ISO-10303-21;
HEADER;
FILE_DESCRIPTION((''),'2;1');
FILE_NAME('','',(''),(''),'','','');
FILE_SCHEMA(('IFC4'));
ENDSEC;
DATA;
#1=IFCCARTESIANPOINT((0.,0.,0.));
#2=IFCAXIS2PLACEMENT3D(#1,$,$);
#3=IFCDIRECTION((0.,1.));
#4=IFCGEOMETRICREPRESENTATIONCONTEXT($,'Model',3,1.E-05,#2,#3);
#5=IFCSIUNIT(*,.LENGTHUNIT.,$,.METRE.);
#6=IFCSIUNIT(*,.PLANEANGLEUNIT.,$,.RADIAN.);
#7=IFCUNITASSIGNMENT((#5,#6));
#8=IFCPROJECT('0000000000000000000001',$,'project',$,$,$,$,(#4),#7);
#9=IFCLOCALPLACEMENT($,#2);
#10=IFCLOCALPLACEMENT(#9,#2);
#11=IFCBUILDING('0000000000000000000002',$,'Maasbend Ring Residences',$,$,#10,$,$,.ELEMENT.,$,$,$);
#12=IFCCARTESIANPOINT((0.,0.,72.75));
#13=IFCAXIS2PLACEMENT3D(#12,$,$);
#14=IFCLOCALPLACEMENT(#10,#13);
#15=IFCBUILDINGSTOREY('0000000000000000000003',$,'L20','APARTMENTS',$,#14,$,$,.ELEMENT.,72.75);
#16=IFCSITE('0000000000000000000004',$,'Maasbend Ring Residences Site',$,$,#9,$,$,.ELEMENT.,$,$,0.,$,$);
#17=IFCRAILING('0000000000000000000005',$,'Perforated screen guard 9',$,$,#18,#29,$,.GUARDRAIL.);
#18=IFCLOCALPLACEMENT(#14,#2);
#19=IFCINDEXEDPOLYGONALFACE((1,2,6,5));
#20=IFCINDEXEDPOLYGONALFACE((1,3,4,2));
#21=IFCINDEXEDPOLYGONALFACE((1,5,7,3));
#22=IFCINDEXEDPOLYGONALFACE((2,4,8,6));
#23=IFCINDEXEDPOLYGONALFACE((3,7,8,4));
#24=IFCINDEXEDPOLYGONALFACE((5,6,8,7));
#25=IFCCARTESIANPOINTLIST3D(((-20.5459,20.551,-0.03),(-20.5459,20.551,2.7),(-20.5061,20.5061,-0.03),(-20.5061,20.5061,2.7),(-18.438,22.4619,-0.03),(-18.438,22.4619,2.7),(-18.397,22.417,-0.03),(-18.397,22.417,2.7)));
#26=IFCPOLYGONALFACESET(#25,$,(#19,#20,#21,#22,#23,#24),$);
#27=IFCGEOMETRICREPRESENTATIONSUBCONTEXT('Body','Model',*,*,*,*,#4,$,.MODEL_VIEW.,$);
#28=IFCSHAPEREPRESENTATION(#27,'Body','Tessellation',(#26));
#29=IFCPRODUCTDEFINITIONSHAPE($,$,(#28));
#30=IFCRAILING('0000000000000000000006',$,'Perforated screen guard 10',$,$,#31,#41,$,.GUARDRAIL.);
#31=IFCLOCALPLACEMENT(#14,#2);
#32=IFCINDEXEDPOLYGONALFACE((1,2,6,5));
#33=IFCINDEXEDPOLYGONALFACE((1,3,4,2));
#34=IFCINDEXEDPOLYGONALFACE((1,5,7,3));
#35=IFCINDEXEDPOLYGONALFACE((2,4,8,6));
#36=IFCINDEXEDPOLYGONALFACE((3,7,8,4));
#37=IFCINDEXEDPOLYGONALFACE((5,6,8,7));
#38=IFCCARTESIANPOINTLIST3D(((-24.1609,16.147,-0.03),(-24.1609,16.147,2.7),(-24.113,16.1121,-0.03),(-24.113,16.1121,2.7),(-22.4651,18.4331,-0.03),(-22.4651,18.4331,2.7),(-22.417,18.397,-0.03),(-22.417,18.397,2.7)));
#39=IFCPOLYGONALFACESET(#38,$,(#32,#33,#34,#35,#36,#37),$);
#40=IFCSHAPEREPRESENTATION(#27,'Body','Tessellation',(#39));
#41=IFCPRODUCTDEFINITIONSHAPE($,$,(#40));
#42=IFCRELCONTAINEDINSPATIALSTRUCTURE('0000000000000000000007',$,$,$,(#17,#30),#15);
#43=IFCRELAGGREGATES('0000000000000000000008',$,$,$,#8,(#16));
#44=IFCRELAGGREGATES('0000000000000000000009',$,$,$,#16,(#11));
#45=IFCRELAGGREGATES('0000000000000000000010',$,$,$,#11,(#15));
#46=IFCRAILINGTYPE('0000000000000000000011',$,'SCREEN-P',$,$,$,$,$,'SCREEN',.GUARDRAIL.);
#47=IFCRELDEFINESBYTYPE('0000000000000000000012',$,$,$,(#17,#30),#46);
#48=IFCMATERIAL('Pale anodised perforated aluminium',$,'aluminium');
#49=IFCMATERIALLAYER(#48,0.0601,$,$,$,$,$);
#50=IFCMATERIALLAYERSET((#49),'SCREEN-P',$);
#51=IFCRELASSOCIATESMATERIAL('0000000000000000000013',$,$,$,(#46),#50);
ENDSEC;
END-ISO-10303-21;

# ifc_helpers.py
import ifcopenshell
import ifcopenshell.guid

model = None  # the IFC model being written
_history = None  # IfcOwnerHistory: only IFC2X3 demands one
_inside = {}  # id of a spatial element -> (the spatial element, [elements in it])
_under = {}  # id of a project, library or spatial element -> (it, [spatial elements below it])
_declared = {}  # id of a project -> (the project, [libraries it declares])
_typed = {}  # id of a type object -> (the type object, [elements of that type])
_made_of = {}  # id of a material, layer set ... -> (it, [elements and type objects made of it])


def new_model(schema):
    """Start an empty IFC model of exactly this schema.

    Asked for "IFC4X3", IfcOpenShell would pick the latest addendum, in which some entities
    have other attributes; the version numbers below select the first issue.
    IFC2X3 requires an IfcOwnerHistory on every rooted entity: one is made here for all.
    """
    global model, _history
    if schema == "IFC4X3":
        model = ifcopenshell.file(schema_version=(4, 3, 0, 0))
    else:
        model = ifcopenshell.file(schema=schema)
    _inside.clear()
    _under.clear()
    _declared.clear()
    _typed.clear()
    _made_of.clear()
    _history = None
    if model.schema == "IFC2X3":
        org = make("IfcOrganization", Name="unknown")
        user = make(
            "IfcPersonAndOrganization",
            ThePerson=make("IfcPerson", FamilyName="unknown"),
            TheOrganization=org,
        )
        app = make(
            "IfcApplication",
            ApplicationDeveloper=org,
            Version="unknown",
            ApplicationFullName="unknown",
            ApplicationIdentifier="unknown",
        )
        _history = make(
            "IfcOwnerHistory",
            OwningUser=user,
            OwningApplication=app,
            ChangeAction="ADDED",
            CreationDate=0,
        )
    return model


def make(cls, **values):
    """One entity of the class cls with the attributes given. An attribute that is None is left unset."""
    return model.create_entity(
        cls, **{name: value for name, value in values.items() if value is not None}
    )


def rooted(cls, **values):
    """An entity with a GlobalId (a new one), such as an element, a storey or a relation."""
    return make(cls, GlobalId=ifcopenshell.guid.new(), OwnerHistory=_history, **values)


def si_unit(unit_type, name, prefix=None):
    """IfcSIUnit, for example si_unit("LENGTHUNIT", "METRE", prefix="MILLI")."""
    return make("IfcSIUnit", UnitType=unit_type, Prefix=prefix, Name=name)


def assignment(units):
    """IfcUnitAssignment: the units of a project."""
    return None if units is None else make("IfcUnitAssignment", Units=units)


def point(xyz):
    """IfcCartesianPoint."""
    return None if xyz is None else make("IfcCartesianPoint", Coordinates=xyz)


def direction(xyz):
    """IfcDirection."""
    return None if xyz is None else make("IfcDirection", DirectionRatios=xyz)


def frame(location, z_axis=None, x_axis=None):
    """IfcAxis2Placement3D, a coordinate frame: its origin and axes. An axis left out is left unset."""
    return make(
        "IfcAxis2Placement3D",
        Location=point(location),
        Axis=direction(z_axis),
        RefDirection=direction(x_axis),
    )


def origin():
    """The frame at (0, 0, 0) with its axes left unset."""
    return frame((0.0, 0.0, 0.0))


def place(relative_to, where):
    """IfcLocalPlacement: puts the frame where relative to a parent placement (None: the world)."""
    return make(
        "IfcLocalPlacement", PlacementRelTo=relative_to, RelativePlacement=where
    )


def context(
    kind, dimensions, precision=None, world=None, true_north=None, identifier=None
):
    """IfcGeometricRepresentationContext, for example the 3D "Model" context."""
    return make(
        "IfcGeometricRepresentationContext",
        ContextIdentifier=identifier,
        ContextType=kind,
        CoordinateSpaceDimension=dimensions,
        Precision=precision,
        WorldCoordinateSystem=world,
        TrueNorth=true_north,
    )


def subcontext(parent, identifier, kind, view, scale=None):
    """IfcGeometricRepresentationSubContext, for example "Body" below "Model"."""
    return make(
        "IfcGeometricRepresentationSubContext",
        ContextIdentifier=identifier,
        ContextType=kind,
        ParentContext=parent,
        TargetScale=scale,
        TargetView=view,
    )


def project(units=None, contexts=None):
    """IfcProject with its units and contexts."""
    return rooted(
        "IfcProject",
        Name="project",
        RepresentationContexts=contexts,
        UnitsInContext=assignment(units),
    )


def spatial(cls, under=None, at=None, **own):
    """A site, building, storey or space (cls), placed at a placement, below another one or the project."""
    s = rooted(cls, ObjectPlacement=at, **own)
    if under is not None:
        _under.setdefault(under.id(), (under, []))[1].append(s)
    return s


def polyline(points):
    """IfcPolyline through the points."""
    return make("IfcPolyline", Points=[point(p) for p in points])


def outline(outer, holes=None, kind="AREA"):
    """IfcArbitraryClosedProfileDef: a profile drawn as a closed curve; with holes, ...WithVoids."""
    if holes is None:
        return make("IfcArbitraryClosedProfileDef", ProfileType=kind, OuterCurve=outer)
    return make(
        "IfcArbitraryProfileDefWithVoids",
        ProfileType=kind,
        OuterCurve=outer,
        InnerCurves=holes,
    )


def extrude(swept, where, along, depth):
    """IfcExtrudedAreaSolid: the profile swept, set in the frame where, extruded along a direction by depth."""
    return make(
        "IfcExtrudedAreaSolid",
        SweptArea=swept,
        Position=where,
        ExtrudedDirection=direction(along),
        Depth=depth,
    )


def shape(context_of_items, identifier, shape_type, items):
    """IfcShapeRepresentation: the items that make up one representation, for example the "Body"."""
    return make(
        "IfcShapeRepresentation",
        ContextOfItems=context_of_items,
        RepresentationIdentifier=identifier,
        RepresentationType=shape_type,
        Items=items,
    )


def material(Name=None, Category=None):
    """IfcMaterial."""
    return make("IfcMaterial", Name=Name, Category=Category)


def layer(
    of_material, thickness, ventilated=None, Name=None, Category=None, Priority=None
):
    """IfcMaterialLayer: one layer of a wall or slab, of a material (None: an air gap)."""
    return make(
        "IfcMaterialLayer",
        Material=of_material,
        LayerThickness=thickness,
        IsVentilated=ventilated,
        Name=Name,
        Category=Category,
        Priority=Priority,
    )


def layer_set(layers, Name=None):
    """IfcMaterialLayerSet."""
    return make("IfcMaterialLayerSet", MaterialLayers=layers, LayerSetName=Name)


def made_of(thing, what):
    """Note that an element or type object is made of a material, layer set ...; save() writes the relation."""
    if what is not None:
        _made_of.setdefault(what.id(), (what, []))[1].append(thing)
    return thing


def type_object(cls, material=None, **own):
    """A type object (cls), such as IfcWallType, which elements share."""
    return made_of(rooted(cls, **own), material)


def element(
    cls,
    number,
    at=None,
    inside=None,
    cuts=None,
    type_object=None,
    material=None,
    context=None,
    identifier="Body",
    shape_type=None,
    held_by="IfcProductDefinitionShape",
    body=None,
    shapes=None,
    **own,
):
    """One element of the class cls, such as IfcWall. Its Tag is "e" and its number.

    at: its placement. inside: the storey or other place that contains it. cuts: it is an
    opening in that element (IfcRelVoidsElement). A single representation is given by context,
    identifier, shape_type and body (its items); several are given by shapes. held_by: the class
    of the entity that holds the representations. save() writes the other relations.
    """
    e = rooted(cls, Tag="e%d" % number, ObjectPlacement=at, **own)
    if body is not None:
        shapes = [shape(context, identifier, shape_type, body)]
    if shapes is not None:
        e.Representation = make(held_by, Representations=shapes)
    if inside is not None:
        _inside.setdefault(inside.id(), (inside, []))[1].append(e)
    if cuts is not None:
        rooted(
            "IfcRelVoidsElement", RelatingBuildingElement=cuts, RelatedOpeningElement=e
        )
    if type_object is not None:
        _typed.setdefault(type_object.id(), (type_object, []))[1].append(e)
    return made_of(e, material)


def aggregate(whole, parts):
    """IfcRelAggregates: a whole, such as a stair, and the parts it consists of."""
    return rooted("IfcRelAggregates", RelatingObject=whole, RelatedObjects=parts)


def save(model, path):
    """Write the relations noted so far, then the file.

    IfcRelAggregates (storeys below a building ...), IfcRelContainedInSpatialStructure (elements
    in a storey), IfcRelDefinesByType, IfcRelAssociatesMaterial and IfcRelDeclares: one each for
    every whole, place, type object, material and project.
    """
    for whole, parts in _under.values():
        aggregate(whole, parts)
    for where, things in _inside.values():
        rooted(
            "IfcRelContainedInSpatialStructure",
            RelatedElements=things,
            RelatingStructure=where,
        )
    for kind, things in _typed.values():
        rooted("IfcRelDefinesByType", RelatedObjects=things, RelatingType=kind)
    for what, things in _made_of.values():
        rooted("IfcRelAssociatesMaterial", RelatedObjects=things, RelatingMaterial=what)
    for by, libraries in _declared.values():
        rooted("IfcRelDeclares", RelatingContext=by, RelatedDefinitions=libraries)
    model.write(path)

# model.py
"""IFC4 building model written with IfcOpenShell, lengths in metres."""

from ifc_helpers import new_model, si_unit, direction, frame, origin, place, context, subcontext, project, spatial, polyline, outline, extrude, material, layer, layer_set, type_object, element, save


model = new_model("IFC4")

# Units and contexts
model_context = context("Model", 3, precision=1e-05, world=origin(), true_north=direction((0.0, 1.0)))
body_context = subcontext(model_context, "Body", "Model", "MODEL_VIEW")
ifc_project = project(units=[si_unit("LENGTHUNIT", "METRE"), si_unit("PLANEANGLEUNIT", "RADIAN")], contexts=[model_context])

# Site, building, storey
site_placement = place(None, origin())
site = spatial("IfcSite", under=ifc_project, at=site_placement, Name="Maasbend Ring Residences Site", CompositionType="ELEMENT", RefElevation=0.0)
building_placement = place(site_placement, origin())
building = spatial("IfcBuilding", under=site, at=building_placement, Name="Maasbend Ring Residences", CompositionType="ELEMENT")
storey_placement = place(building_placement, frame((0.0, 0.0, 72.75)))
storey = spatial("IfcBuildingStorey", under=building, at=storey_placement, Name="L20", Description="APARTMENTS", CompositionType="ELEMENT", Elevation=72.75)

# Railings
ifc_material_1 = material(Name="Pale anodised perforated aluminium", Category="aluminium")
ifc_layer_1 = layer(ifc_material_1, 0.0601)
ifc_layer_set_1 = layer_set([ifc_layer_1], Name="SCREEN-P")
railing_type = type_object("IfcRailingType", Name="SCREEN-P", ElementType="SCREEN", PredefinedType="GUARDRAIL", material=ifc_layer_set_1)
railing_1_placement = place(storey_placement, frame((0.0, 0.0, -0.03)))
element("IfcRailing", 1, at=railing_1_placement, inside=storey, type_object=railing_type, Name="Perforated screen guard 9", PredefinedType="GUARDRAIL", context=body_context, shape_type="SweptSolid", body=[
    extrude(outline(polyline([(-18.397, 22.417), (-20.5061, 20.5061), (-20.5459, 20.551), (-18.438, 22.4619), (-18.397, 22.417)])), origin(), (0.0, 0.0, 1.0), 2.73),
])
railing_2_placement = place(storey_placement, frame((0.0, 0.0, -0.03)))
element("IfcRailing", 2, at=railing_2_placement, inside=storey, type_object=railing_type, Name="Perforated screen guard 10", PredefinedType="GUARDRAIL", context=body_context, shape_type="SweptSolid", body=[
    extrude(outline(polyline([(-22.417, 18.397), (-24.113, 16.1121), (-24.1609, 16.147), (-22.4651, 18.4331), (-22.417, 18.397)])), origin(), (0.0, 0.0, 1.0), 2.73),
])

save(model, "model.ifc")
